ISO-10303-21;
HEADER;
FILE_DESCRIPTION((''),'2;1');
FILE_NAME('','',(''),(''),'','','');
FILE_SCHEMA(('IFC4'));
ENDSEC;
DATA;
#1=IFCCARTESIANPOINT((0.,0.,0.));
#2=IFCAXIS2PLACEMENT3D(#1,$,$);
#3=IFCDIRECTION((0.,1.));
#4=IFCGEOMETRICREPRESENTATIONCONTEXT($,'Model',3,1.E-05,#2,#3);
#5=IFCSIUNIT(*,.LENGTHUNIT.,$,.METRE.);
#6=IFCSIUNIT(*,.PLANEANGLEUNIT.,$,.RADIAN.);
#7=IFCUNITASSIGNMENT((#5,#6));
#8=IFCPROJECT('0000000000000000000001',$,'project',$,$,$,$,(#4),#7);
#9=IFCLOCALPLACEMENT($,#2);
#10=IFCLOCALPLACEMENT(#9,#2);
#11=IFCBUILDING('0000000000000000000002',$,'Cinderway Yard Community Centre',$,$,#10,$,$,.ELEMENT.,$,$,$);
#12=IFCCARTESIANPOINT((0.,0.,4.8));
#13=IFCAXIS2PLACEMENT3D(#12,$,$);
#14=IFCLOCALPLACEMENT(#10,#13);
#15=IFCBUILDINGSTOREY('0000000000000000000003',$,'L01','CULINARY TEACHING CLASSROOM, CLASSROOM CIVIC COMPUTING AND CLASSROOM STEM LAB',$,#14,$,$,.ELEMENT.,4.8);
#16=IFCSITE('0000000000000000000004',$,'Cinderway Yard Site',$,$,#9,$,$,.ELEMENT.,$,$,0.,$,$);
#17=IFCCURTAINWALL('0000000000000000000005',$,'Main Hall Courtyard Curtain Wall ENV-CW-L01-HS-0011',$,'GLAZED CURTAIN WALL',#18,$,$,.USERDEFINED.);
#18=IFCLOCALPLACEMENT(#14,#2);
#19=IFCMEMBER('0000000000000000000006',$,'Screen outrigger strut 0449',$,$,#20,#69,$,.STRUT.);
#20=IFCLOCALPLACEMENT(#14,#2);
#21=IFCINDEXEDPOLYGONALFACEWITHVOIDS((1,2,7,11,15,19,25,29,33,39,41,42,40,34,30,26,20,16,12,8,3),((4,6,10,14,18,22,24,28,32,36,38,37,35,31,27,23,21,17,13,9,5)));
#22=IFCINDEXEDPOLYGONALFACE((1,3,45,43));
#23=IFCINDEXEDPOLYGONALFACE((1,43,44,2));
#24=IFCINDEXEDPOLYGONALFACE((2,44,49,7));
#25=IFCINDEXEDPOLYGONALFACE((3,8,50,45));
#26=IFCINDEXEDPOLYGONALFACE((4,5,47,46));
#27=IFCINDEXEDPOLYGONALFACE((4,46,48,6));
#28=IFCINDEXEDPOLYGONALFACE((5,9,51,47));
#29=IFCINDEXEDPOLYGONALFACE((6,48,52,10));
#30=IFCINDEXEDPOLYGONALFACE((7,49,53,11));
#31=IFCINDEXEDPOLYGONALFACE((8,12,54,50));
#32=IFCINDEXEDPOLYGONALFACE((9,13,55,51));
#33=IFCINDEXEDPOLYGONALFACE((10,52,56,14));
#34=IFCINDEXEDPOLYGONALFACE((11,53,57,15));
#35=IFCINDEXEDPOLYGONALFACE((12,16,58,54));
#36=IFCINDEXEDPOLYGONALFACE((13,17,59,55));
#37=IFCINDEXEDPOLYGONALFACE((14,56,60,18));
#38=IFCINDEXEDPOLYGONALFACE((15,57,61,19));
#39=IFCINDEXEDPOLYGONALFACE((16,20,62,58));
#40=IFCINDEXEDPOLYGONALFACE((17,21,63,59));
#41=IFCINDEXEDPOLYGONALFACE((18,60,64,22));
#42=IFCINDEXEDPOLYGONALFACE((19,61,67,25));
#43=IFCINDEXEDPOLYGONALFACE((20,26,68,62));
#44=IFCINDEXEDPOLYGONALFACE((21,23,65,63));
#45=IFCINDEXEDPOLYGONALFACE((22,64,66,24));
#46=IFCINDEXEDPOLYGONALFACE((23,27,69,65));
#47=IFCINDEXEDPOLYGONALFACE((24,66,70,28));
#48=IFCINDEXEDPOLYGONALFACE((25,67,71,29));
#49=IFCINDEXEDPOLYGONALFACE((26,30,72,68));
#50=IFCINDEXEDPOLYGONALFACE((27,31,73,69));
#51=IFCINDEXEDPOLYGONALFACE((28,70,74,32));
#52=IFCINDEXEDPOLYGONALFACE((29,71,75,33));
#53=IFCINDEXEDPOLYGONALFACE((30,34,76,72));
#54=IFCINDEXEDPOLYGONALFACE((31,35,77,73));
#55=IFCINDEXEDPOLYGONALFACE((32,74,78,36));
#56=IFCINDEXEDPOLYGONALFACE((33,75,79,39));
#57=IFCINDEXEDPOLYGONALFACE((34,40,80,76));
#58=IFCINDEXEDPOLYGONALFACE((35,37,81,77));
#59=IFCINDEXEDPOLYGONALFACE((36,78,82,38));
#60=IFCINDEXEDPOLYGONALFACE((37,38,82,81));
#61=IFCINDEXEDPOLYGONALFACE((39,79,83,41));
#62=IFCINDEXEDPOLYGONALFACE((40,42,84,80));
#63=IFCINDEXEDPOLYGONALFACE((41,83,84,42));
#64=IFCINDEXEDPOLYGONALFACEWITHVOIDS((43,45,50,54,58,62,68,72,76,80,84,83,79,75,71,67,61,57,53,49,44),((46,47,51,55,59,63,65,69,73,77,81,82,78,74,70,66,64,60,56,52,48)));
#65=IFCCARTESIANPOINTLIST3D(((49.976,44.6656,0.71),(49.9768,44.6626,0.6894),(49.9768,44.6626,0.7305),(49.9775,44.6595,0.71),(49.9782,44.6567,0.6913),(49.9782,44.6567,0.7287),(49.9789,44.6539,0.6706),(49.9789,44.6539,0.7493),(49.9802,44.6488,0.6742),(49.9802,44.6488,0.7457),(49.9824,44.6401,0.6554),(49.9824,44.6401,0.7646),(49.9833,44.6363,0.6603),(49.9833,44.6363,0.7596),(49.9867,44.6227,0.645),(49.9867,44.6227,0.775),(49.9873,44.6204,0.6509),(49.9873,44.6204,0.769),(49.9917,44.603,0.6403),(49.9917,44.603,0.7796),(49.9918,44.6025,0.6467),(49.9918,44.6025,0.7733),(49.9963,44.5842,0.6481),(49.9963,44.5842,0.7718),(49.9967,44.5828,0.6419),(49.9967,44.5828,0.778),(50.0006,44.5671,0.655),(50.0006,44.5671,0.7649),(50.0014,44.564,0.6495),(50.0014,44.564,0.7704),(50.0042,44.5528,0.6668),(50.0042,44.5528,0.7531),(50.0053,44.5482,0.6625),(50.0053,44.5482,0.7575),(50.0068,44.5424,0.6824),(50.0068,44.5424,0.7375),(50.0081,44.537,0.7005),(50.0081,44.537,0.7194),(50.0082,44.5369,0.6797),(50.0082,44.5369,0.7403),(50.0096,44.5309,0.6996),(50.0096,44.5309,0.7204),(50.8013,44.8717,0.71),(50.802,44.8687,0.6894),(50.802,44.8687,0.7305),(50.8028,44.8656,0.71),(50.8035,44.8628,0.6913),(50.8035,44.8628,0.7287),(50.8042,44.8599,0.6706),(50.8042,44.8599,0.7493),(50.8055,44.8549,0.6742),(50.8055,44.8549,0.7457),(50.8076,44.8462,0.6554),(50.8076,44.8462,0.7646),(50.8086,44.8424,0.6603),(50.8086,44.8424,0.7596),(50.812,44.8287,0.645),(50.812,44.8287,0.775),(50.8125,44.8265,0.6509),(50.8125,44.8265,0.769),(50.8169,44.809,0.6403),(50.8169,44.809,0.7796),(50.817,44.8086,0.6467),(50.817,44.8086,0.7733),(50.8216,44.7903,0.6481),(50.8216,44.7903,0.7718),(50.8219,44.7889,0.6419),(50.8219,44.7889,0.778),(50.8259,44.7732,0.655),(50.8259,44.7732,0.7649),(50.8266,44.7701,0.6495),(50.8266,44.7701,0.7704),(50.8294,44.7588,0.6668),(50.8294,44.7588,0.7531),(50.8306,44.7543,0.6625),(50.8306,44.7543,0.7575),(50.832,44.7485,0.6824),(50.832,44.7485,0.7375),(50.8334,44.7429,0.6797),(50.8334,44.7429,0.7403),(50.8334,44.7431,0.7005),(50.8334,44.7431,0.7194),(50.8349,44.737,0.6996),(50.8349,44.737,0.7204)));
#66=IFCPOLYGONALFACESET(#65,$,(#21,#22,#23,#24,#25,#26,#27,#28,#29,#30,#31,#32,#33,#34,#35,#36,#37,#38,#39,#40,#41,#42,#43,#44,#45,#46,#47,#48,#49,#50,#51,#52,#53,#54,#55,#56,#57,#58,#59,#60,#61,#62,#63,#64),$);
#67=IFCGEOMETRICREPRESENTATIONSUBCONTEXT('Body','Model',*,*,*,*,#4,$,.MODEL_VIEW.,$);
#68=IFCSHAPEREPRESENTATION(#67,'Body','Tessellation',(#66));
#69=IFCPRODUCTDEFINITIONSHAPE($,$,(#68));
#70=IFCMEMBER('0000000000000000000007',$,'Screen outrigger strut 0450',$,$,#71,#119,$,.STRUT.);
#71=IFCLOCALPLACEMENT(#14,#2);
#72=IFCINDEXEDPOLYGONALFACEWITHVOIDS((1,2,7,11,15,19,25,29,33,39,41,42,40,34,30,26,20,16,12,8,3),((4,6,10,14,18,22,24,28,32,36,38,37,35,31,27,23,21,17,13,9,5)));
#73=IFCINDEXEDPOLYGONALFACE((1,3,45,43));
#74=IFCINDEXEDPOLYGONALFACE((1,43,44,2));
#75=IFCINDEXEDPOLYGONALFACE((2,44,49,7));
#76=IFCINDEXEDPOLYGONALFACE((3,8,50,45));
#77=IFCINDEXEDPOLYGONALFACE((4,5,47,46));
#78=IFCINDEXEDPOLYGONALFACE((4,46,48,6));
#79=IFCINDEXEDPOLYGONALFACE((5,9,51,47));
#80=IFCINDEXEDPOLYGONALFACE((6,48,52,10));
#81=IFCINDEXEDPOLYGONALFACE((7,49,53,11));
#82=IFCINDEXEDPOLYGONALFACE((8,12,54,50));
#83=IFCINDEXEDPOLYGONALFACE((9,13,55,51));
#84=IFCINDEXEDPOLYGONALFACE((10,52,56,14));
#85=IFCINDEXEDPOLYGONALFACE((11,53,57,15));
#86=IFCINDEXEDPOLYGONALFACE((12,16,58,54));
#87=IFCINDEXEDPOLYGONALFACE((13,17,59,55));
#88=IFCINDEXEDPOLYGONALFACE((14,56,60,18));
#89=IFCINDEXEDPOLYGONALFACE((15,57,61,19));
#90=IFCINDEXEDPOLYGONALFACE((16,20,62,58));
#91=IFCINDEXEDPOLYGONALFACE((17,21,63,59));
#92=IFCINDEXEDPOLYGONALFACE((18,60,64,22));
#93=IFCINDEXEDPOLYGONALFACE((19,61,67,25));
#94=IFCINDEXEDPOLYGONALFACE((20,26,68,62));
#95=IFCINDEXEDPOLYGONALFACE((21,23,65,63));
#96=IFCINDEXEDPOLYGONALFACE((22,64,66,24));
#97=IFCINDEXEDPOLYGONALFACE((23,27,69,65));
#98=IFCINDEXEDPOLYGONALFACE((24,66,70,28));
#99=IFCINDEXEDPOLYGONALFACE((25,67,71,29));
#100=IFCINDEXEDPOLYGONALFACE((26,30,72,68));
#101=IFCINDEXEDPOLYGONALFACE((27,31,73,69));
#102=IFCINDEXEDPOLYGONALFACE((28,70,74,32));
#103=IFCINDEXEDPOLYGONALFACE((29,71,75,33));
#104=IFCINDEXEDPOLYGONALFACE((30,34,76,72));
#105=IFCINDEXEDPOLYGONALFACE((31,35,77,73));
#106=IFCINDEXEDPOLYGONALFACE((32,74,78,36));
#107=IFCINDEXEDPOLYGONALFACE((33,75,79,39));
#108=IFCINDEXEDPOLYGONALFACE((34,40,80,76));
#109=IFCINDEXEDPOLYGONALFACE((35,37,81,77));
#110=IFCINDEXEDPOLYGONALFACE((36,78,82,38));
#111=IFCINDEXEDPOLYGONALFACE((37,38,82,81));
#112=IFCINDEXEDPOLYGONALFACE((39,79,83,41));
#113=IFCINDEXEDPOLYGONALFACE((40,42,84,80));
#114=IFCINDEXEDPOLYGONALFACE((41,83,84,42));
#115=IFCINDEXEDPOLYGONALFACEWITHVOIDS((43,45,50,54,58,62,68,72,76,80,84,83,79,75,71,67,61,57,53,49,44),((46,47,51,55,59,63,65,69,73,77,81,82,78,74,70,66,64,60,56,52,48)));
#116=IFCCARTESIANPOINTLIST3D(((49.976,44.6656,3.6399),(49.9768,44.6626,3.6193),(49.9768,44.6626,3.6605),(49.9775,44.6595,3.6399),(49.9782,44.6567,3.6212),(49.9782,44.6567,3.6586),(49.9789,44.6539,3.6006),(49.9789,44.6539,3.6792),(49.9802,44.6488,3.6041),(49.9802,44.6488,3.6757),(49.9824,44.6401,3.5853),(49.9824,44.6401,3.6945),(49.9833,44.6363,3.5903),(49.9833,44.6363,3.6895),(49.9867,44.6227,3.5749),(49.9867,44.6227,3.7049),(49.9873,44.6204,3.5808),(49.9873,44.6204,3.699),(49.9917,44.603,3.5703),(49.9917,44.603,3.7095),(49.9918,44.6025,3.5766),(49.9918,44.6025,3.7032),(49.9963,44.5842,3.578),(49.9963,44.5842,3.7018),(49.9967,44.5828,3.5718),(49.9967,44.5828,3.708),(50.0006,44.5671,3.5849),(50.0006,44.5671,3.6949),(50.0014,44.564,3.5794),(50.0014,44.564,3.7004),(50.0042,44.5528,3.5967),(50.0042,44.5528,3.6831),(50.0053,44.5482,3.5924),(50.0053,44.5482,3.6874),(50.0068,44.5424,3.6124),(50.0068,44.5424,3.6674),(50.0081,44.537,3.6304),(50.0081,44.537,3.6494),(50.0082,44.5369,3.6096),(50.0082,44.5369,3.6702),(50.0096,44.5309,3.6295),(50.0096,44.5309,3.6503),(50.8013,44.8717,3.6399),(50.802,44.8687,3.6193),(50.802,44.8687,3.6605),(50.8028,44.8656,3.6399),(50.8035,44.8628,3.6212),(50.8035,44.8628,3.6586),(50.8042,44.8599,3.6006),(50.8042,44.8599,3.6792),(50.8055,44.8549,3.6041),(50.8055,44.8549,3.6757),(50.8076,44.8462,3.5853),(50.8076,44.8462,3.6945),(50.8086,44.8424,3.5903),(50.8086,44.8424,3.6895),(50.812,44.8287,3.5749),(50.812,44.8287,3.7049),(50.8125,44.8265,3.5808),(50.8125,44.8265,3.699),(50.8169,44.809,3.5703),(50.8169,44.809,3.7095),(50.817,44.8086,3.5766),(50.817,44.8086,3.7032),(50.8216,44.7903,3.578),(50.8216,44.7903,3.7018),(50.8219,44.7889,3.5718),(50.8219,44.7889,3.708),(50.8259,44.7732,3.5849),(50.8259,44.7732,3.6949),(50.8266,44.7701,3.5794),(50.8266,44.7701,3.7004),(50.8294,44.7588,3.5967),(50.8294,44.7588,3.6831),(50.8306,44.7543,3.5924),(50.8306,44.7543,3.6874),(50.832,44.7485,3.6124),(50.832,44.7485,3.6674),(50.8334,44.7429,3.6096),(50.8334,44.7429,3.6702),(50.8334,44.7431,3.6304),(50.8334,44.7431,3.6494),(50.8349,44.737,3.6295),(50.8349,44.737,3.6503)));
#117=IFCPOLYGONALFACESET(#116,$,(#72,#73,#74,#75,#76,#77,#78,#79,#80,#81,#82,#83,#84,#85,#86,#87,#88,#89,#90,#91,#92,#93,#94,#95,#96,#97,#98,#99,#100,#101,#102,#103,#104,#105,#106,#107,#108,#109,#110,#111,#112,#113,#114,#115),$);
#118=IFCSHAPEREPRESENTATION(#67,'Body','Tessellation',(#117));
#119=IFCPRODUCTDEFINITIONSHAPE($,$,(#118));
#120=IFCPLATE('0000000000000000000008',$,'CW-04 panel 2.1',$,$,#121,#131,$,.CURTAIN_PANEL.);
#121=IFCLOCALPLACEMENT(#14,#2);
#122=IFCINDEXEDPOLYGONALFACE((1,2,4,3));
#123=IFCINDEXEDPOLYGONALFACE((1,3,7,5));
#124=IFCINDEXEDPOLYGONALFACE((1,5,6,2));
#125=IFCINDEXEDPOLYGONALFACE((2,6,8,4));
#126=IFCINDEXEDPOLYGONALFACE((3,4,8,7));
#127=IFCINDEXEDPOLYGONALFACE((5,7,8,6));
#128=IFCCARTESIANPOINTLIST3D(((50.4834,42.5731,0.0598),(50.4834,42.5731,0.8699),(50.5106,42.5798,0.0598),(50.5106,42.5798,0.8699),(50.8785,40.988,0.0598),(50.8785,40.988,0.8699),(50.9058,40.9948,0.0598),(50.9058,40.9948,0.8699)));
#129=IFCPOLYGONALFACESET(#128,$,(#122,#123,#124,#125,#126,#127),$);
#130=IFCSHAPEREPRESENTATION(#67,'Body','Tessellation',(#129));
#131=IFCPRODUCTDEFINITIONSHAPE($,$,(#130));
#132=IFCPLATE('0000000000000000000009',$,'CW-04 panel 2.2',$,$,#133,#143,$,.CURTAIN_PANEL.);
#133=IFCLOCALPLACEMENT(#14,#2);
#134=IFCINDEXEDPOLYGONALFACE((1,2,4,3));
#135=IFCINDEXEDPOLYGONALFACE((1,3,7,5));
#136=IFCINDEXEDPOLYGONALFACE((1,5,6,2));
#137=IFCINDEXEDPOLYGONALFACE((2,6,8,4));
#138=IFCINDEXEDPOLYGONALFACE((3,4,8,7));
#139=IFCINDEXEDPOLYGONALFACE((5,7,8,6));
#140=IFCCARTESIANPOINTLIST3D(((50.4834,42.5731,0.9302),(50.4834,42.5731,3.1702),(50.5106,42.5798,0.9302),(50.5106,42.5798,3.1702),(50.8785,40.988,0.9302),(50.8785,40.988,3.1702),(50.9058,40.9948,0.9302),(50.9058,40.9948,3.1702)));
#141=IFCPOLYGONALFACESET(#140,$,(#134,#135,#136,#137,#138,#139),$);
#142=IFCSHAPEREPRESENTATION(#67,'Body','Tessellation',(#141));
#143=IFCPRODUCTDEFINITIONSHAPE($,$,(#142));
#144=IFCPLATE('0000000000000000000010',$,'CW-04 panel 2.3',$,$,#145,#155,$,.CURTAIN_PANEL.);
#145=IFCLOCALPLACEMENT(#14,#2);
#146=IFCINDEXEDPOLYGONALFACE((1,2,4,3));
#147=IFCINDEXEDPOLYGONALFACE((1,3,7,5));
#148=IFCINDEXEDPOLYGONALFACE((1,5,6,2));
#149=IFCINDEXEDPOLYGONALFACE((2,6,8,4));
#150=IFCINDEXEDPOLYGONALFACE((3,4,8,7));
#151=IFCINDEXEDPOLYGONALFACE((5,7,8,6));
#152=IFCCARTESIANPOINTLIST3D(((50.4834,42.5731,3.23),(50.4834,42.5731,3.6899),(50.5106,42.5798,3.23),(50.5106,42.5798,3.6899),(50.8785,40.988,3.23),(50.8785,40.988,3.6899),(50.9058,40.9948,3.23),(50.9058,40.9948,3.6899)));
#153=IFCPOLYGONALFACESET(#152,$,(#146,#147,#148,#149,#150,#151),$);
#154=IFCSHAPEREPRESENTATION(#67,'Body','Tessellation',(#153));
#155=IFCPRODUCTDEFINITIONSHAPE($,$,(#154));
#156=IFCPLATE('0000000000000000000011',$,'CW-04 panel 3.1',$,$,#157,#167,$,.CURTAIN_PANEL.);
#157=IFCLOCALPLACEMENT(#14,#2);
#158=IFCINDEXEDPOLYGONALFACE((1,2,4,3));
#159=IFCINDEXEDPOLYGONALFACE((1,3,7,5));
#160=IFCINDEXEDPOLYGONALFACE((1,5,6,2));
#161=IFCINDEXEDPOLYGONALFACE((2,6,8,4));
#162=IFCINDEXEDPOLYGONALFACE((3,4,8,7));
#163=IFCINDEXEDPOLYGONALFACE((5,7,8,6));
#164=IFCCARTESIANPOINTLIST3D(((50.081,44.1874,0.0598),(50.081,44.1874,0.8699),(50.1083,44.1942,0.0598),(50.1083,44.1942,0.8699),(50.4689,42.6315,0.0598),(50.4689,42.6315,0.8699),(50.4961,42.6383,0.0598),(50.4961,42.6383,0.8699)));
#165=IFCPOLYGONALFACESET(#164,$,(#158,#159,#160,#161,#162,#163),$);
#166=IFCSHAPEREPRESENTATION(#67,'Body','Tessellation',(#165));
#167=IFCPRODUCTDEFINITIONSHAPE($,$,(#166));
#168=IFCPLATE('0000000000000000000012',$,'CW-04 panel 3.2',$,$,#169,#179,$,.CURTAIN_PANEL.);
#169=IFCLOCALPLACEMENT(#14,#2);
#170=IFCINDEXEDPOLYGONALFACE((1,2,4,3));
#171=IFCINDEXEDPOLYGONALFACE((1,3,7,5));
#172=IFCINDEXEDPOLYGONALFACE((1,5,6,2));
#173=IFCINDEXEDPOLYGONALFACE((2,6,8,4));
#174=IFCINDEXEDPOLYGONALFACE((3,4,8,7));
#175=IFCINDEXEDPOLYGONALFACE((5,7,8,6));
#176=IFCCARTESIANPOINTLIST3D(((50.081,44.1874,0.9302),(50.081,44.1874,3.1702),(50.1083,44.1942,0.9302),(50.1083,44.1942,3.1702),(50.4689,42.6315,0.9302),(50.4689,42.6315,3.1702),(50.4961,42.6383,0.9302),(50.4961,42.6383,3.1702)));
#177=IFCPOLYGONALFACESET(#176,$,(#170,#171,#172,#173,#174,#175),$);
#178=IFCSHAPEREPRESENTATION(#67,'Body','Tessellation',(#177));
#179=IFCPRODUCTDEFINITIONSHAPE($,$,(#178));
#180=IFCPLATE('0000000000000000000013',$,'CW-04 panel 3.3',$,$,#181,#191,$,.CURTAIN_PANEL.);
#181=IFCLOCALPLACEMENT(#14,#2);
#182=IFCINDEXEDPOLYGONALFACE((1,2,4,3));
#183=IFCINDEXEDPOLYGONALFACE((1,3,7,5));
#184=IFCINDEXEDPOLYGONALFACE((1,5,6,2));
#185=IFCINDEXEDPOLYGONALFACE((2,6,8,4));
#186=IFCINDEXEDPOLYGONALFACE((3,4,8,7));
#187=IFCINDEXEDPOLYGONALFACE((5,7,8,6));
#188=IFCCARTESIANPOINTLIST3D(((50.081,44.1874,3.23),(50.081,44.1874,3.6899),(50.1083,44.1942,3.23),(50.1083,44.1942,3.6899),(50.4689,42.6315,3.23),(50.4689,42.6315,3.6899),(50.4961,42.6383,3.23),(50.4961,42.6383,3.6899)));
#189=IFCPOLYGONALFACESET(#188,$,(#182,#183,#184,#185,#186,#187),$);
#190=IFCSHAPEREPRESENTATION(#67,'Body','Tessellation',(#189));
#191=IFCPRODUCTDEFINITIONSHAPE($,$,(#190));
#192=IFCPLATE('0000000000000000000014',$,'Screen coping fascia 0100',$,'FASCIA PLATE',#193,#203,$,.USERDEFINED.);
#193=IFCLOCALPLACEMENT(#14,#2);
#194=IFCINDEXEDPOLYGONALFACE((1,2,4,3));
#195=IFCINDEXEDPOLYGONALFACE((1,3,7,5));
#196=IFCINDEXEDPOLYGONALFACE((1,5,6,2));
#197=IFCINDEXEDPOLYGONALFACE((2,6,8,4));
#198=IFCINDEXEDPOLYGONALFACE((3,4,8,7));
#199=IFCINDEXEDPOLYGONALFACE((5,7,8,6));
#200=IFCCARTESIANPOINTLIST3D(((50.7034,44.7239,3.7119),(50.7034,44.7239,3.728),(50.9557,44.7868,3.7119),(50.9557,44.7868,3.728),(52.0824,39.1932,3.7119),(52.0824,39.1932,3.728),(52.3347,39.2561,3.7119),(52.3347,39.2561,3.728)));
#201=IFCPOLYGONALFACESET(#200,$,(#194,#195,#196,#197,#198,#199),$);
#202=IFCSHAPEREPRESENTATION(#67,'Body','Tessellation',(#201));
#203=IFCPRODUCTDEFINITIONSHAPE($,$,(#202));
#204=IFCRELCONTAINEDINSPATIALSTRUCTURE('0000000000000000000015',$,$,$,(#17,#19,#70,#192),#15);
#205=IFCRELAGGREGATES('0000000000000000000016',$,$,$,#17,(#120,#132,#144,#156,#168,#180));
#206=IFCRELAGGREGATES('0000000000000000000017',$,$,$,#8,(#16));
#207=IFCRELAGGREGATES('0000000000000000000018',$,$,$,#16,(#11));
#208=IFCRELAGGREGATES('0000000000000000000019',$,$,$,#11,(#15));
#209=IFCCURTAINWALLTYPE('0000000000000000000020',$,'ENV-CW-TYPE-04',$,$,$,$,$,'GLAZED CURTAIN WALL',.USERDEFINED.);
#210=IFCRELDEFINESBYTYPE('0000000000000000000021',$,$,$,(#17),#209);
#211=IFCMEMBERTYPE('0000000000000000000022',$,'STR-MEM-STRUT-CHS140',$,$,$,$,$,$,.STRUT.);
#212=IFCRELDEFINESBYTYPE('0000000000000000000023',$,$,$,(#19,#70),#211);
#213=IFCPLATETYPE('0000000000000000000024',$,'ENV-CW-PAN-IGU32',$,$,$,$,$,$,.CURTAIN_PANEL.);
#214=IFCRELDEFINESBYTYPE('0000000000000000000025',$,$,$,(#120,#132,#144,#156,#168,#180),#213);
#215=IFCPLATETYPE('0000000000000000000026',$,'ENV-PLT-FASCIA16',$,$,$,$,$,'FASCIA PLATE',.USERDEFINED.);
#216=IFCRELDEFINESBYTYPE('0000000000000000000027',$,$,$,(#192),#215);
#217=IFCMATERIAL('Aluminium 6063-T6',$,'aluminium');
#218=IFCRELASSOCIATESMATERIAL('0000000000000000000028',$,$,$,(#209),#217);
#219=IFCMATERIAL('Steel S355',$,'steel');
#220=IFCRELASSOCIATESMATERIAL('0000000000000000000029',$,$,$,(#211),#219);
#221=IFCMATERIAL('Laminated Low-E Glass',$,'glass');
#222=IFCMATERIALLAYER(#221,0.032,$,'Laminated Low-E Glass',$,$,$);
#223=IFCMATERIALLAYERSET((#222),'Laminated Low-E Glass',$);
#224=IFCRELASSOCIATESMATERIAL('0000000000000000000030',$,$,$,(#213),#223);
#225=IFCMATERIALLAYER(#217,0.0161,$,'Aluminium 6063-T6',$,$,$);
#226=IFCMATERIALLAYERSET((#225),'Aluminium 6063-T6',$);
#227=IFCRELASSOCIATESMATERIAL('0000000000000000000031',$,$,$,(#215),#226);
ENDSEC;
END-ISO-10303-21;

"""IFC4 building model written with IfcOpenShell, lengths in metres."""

from ifc_helpers import new_model, si_unit, direction, frame, origin, origin_2d, place, context, subcontext, project, spatial, rectangle, hollow_circle, extrude, material, layer, layer_set, material_profile, profile_set, type_object, element, aggregate, save


model = new_model("IFC4")

# Units and contexts
model_context = context("Model", 3, precision=1e-05, world=origin(), true_north=direction((0.0, 1.0)))
body_context = subcontext(model_context, "Body", "Model", "MODEL_VIEW")
ifc_project = project(units=[si_unit("LENGTHUNIT", "METRE"), si_unit("PLANEANGLEUNIT", "RADIAN")], contexts=[model_context])

# Site, building, storey
site_placement = place(None, origin())
site = spatial("IfcSite", under=ifc_project, at=site_placement, Name="Cinderway Yard Site", CompositionType="ELEMENT", RefElevation=0.0)
building_placement = place(site_placement, origin())
building = spatial("IfcBuilding", under=site, at=building_placement, Name="Cinderway Yard Community Centre", CompositionType="ELEMENT")
storey_placement = place(building_placement, frame((0.0, 0.0, 4.8)))
storey = spatial("IfcBuildingStorey", under=building, at=storey_placement, Name="L01", Description="CULINARY TEACHING CLASSROOM, CLASSROOM CIVIC COMPUTING AND CLASSROOM STEM LAB", CompositionType="ELEMENT", Elevation=4.8)

# Curtain wall
ifc_material_1 = material(Name="Aluminium 6063-T6", Category="aluminium")
curtain_wall_type = type_object("IfcCurtainWallType", Name="ENV-CW-TYPE-04", ElementType="GLAZED CURTAIN WALL", PredefinedType="USERDEFINED", material=ifc_material_1)
curtain_wall_1_placement = place(storey_placement, origin())
curtain_wall_1 = element("IfcCurtainWall", 1, at=curtain_wall_1_placement, inside=storey, type_object=curtain_wall_type, Name="Main Hall Courtyard Curtain Wall ENV-CW-L01-HS-0011", ObjectType="GLAZED CURTAIN WALL", PredefinedType="USERDEFINED")

# Shared definitions
ifc_material_2 = material(Name="Steel S355", Category="steel")

# Members
ifc_material_profile_1 = material_profile(ifc_material_2, hollow_circle(Radius=0.0698, WallThickness=0.0063, at=origin_2d()), Name="Steel S355")
ifc_profile_set_1 = profile_set([ifc_material_profile_1], Name="Steel S355")
member_type_1 = type_object("IfcMemberType", Name="STR-MEM-STRUT-CHS140", PredefinedType="STRUT", material=ifc_profile_set_1)
for number, where, z_axis, x_axis, name in (
    (2, (49.9929, 44.5979, 0.71), (0.97021, 0.242265, 0.0), (-0.242265, 0.97021, 0.0), "Screen outrigger strut 0449"),
    (3, (49.9929, 44.5979, 3.6399), (0.97021, 0.242265, 0.0), (-0.242265, 0.97021, 0.0), "Screen outrigger strut 0450"),
):
    element("IfcMember", number, at=place(storey_placement, frame(where, z_axis=z_axis, x_axis=x_axis)), inside=storey, type_object=member_type_1, Name=name, PredefinedType="STRUT", context=body_context, shape_type="SweptSolid", body=[
        extrude(hollow_circle(Radius=0.0698, WallThickness=0.0063, at=origin_2d()), origin(), (0.0, 0.0, 1.0), 0.8506),
    ])

# Plates
ifc_material_3 = material(Name="Laminated Low-E Glass", Category="glass")
ifc_layer_1 = layer(ifc_material_3, 0.032, Name="Laminated Low-E Glass")
ifc_layer_set_1 = layer_set([ifc_layer_1], Name="Laminated Low-E Glass")
plate_type_1 = type_object("IfcPlateType", Name="ENV-CW-PAN-IGU32", PredefinedType="CURTAIN_PANEL", material=ifc_layer_set_1)
plate_1_placement = place(storey_placement, frame((50.6946, 41.7839, 0.0598), z_axis=(0.0, 0.0, 1.0), x_axis=(-0.241887, 0.970304, 0.0)))
plate_1 = element("IfcPlate", 4, at=plate_1_placement, type_object=plate_type_1, Name="CW-04 panel 2.1", PredefinedType="CURTAIN_PANEL", context=body_context, shape_type="SweptSolid", body=[
    extrude(rectangle(XDim=1.6335, YDim=0.0281, at=origin_2d()), origin(), (0.0, 0.0, 1.0), 0.8101),
])
plate_2_placement = place(storey_placement, frame((50.6946, 41.7839, 0.9302), z_axis=(0.0, 0.0, 1.0), x_axis=(-0.241887, 0.970304, 0.0)))
plate_2 = element("IfcPlate", 5, at=plate_2_placement, type_object=plate_type_1, Name="CW-04 panel 2.2", PredefinedType="CURTAIN_PANEL", context=body_context, shape_type="SweptSolid", body=[
    extrude(rectangle(XDim=1.6335, YDim=0.0281, at=origin_2d()), origin(), (0.0, 0.0, 1.0), 2.24),
])
plate_3_placement = place(storey_placement, frame((50.6946, 41.7839, 3.23), z_axis=(0.0, 0.0, 1.0), x_axis=(-0.241887, 0.970304, 0.0)))
plate_3 = element("IfcPlate", 6, at=plate_3_placement, type_object=plate_type_1, Name="CW-04 panel 2.3", PredefinedType="CURTAIN_PANEL", context=body_context, shape_type="SweptSolid", body=[
    extrude(rectangle(XDim=1.6335, YDim=0.0281, at=origin_2d()), origin(), (0.0, 0.0, 1.0), 0.46),
])
plate_4_placement = place(storey_placement, frame((50.2886, 43.4128, 0.0598), z_axis=(0.0, 0.0, 1.0), x_axis=(-0.241887, 0.970304, 0.0)))
plate_4 = element("IfcPlate", 7, at=plate_4_placement, type_object=plate_type_1, Name="CW-04 panel 3.1", PredefinedType="CURTAIN_PANEL", context=body_context, shape_type="SweptSolid", body=[
    extrude(rectangle(XDim=1.6035, YDim=0.0281, at=origin_2d()), origin(), (0.0, 0.0, 1.0), 0.8101),
])
plate_5_placement = place(storey_placement, frame((50.2886, 43.4128, 0.9302), z_axis=(0.0, 0.0, 1.0), x_axis=(-0.241887, 0.970304, 0.0)))
plate_5 = element("IfcPlate", 8, at=plate_5_placement, type_object=plate_type_1, Name="CW-04 panel 3.2", PredefinedType="CURTAIN_PANEL", context=body_context, shape_type="SweptSolid", body=[
    extrude(rectangle(XDim=1.6035, YDim=0.0281, at=origin_2d()), origin(), (0.0, 0.0, 1.0), 2.24),
])
plate_6_placement = place(storey_placement, frame((50.2886, 43.4128, 3.23), z_axis=(0.0, 0.0, 1.0), x_axis=(-0.241887, 0.970304, 0.0)))
plate_6 = element("IfcPlate", 9, at=plate_6_placement, type_object=plate_type_1, Name="CW-04 panel 3.3", PredefinedType="CURTAIN_PANEL", context=body_context, shape_type="SweptSolid", body=[
    extrude(rectangle(XDim=1.6035, YDim=0.0281, at=origin_2d()), origin(), (0.0, 0.0, 1.0), 0.46),
])
aggregate(curtain_wall_1, [plate_1, plate_2, plate_3, plate_4, plate_5, plate_6])
ifc_layer_2 = layer(ifc_material_1, 0.0161, Name="Aluminium 6063-T6")
ifc_layer_set_2 = layer_set([ifc_layer_2], Name="Aluminium 6063-T6")
plate_type_2 = type_object("IfcPlateType", Name="ENV-PLT-FASCIA16", ElementType="FASCIA PLATE", PredefinedType="USERDEFINED", material=ifc_layer_set_2)
plate_7_placement = place(storey_placement, frame((51.519, 41.99, 3.7119), z_axis=(0.0, 0.0, 1.0), x_axis=(0.241922, -0.970296, 0.0)))
element("IfcPlate", 10, at=plate_7_placement, inside=storey, type_object=plate_type_2, Name="Screen coping fascia 0100", ObjectType="FASCIA PLATE", PredefinedType="USERDEFINED", context=body_context, shape_type="SweptSolid", body=[
    extrude(rectangle(XDim=5.7, YDim=0.26, at=origin_2d()), origin(), (0.0, 0.0, 1.0), 0.0161),
])

save(model, "model.ifc")
